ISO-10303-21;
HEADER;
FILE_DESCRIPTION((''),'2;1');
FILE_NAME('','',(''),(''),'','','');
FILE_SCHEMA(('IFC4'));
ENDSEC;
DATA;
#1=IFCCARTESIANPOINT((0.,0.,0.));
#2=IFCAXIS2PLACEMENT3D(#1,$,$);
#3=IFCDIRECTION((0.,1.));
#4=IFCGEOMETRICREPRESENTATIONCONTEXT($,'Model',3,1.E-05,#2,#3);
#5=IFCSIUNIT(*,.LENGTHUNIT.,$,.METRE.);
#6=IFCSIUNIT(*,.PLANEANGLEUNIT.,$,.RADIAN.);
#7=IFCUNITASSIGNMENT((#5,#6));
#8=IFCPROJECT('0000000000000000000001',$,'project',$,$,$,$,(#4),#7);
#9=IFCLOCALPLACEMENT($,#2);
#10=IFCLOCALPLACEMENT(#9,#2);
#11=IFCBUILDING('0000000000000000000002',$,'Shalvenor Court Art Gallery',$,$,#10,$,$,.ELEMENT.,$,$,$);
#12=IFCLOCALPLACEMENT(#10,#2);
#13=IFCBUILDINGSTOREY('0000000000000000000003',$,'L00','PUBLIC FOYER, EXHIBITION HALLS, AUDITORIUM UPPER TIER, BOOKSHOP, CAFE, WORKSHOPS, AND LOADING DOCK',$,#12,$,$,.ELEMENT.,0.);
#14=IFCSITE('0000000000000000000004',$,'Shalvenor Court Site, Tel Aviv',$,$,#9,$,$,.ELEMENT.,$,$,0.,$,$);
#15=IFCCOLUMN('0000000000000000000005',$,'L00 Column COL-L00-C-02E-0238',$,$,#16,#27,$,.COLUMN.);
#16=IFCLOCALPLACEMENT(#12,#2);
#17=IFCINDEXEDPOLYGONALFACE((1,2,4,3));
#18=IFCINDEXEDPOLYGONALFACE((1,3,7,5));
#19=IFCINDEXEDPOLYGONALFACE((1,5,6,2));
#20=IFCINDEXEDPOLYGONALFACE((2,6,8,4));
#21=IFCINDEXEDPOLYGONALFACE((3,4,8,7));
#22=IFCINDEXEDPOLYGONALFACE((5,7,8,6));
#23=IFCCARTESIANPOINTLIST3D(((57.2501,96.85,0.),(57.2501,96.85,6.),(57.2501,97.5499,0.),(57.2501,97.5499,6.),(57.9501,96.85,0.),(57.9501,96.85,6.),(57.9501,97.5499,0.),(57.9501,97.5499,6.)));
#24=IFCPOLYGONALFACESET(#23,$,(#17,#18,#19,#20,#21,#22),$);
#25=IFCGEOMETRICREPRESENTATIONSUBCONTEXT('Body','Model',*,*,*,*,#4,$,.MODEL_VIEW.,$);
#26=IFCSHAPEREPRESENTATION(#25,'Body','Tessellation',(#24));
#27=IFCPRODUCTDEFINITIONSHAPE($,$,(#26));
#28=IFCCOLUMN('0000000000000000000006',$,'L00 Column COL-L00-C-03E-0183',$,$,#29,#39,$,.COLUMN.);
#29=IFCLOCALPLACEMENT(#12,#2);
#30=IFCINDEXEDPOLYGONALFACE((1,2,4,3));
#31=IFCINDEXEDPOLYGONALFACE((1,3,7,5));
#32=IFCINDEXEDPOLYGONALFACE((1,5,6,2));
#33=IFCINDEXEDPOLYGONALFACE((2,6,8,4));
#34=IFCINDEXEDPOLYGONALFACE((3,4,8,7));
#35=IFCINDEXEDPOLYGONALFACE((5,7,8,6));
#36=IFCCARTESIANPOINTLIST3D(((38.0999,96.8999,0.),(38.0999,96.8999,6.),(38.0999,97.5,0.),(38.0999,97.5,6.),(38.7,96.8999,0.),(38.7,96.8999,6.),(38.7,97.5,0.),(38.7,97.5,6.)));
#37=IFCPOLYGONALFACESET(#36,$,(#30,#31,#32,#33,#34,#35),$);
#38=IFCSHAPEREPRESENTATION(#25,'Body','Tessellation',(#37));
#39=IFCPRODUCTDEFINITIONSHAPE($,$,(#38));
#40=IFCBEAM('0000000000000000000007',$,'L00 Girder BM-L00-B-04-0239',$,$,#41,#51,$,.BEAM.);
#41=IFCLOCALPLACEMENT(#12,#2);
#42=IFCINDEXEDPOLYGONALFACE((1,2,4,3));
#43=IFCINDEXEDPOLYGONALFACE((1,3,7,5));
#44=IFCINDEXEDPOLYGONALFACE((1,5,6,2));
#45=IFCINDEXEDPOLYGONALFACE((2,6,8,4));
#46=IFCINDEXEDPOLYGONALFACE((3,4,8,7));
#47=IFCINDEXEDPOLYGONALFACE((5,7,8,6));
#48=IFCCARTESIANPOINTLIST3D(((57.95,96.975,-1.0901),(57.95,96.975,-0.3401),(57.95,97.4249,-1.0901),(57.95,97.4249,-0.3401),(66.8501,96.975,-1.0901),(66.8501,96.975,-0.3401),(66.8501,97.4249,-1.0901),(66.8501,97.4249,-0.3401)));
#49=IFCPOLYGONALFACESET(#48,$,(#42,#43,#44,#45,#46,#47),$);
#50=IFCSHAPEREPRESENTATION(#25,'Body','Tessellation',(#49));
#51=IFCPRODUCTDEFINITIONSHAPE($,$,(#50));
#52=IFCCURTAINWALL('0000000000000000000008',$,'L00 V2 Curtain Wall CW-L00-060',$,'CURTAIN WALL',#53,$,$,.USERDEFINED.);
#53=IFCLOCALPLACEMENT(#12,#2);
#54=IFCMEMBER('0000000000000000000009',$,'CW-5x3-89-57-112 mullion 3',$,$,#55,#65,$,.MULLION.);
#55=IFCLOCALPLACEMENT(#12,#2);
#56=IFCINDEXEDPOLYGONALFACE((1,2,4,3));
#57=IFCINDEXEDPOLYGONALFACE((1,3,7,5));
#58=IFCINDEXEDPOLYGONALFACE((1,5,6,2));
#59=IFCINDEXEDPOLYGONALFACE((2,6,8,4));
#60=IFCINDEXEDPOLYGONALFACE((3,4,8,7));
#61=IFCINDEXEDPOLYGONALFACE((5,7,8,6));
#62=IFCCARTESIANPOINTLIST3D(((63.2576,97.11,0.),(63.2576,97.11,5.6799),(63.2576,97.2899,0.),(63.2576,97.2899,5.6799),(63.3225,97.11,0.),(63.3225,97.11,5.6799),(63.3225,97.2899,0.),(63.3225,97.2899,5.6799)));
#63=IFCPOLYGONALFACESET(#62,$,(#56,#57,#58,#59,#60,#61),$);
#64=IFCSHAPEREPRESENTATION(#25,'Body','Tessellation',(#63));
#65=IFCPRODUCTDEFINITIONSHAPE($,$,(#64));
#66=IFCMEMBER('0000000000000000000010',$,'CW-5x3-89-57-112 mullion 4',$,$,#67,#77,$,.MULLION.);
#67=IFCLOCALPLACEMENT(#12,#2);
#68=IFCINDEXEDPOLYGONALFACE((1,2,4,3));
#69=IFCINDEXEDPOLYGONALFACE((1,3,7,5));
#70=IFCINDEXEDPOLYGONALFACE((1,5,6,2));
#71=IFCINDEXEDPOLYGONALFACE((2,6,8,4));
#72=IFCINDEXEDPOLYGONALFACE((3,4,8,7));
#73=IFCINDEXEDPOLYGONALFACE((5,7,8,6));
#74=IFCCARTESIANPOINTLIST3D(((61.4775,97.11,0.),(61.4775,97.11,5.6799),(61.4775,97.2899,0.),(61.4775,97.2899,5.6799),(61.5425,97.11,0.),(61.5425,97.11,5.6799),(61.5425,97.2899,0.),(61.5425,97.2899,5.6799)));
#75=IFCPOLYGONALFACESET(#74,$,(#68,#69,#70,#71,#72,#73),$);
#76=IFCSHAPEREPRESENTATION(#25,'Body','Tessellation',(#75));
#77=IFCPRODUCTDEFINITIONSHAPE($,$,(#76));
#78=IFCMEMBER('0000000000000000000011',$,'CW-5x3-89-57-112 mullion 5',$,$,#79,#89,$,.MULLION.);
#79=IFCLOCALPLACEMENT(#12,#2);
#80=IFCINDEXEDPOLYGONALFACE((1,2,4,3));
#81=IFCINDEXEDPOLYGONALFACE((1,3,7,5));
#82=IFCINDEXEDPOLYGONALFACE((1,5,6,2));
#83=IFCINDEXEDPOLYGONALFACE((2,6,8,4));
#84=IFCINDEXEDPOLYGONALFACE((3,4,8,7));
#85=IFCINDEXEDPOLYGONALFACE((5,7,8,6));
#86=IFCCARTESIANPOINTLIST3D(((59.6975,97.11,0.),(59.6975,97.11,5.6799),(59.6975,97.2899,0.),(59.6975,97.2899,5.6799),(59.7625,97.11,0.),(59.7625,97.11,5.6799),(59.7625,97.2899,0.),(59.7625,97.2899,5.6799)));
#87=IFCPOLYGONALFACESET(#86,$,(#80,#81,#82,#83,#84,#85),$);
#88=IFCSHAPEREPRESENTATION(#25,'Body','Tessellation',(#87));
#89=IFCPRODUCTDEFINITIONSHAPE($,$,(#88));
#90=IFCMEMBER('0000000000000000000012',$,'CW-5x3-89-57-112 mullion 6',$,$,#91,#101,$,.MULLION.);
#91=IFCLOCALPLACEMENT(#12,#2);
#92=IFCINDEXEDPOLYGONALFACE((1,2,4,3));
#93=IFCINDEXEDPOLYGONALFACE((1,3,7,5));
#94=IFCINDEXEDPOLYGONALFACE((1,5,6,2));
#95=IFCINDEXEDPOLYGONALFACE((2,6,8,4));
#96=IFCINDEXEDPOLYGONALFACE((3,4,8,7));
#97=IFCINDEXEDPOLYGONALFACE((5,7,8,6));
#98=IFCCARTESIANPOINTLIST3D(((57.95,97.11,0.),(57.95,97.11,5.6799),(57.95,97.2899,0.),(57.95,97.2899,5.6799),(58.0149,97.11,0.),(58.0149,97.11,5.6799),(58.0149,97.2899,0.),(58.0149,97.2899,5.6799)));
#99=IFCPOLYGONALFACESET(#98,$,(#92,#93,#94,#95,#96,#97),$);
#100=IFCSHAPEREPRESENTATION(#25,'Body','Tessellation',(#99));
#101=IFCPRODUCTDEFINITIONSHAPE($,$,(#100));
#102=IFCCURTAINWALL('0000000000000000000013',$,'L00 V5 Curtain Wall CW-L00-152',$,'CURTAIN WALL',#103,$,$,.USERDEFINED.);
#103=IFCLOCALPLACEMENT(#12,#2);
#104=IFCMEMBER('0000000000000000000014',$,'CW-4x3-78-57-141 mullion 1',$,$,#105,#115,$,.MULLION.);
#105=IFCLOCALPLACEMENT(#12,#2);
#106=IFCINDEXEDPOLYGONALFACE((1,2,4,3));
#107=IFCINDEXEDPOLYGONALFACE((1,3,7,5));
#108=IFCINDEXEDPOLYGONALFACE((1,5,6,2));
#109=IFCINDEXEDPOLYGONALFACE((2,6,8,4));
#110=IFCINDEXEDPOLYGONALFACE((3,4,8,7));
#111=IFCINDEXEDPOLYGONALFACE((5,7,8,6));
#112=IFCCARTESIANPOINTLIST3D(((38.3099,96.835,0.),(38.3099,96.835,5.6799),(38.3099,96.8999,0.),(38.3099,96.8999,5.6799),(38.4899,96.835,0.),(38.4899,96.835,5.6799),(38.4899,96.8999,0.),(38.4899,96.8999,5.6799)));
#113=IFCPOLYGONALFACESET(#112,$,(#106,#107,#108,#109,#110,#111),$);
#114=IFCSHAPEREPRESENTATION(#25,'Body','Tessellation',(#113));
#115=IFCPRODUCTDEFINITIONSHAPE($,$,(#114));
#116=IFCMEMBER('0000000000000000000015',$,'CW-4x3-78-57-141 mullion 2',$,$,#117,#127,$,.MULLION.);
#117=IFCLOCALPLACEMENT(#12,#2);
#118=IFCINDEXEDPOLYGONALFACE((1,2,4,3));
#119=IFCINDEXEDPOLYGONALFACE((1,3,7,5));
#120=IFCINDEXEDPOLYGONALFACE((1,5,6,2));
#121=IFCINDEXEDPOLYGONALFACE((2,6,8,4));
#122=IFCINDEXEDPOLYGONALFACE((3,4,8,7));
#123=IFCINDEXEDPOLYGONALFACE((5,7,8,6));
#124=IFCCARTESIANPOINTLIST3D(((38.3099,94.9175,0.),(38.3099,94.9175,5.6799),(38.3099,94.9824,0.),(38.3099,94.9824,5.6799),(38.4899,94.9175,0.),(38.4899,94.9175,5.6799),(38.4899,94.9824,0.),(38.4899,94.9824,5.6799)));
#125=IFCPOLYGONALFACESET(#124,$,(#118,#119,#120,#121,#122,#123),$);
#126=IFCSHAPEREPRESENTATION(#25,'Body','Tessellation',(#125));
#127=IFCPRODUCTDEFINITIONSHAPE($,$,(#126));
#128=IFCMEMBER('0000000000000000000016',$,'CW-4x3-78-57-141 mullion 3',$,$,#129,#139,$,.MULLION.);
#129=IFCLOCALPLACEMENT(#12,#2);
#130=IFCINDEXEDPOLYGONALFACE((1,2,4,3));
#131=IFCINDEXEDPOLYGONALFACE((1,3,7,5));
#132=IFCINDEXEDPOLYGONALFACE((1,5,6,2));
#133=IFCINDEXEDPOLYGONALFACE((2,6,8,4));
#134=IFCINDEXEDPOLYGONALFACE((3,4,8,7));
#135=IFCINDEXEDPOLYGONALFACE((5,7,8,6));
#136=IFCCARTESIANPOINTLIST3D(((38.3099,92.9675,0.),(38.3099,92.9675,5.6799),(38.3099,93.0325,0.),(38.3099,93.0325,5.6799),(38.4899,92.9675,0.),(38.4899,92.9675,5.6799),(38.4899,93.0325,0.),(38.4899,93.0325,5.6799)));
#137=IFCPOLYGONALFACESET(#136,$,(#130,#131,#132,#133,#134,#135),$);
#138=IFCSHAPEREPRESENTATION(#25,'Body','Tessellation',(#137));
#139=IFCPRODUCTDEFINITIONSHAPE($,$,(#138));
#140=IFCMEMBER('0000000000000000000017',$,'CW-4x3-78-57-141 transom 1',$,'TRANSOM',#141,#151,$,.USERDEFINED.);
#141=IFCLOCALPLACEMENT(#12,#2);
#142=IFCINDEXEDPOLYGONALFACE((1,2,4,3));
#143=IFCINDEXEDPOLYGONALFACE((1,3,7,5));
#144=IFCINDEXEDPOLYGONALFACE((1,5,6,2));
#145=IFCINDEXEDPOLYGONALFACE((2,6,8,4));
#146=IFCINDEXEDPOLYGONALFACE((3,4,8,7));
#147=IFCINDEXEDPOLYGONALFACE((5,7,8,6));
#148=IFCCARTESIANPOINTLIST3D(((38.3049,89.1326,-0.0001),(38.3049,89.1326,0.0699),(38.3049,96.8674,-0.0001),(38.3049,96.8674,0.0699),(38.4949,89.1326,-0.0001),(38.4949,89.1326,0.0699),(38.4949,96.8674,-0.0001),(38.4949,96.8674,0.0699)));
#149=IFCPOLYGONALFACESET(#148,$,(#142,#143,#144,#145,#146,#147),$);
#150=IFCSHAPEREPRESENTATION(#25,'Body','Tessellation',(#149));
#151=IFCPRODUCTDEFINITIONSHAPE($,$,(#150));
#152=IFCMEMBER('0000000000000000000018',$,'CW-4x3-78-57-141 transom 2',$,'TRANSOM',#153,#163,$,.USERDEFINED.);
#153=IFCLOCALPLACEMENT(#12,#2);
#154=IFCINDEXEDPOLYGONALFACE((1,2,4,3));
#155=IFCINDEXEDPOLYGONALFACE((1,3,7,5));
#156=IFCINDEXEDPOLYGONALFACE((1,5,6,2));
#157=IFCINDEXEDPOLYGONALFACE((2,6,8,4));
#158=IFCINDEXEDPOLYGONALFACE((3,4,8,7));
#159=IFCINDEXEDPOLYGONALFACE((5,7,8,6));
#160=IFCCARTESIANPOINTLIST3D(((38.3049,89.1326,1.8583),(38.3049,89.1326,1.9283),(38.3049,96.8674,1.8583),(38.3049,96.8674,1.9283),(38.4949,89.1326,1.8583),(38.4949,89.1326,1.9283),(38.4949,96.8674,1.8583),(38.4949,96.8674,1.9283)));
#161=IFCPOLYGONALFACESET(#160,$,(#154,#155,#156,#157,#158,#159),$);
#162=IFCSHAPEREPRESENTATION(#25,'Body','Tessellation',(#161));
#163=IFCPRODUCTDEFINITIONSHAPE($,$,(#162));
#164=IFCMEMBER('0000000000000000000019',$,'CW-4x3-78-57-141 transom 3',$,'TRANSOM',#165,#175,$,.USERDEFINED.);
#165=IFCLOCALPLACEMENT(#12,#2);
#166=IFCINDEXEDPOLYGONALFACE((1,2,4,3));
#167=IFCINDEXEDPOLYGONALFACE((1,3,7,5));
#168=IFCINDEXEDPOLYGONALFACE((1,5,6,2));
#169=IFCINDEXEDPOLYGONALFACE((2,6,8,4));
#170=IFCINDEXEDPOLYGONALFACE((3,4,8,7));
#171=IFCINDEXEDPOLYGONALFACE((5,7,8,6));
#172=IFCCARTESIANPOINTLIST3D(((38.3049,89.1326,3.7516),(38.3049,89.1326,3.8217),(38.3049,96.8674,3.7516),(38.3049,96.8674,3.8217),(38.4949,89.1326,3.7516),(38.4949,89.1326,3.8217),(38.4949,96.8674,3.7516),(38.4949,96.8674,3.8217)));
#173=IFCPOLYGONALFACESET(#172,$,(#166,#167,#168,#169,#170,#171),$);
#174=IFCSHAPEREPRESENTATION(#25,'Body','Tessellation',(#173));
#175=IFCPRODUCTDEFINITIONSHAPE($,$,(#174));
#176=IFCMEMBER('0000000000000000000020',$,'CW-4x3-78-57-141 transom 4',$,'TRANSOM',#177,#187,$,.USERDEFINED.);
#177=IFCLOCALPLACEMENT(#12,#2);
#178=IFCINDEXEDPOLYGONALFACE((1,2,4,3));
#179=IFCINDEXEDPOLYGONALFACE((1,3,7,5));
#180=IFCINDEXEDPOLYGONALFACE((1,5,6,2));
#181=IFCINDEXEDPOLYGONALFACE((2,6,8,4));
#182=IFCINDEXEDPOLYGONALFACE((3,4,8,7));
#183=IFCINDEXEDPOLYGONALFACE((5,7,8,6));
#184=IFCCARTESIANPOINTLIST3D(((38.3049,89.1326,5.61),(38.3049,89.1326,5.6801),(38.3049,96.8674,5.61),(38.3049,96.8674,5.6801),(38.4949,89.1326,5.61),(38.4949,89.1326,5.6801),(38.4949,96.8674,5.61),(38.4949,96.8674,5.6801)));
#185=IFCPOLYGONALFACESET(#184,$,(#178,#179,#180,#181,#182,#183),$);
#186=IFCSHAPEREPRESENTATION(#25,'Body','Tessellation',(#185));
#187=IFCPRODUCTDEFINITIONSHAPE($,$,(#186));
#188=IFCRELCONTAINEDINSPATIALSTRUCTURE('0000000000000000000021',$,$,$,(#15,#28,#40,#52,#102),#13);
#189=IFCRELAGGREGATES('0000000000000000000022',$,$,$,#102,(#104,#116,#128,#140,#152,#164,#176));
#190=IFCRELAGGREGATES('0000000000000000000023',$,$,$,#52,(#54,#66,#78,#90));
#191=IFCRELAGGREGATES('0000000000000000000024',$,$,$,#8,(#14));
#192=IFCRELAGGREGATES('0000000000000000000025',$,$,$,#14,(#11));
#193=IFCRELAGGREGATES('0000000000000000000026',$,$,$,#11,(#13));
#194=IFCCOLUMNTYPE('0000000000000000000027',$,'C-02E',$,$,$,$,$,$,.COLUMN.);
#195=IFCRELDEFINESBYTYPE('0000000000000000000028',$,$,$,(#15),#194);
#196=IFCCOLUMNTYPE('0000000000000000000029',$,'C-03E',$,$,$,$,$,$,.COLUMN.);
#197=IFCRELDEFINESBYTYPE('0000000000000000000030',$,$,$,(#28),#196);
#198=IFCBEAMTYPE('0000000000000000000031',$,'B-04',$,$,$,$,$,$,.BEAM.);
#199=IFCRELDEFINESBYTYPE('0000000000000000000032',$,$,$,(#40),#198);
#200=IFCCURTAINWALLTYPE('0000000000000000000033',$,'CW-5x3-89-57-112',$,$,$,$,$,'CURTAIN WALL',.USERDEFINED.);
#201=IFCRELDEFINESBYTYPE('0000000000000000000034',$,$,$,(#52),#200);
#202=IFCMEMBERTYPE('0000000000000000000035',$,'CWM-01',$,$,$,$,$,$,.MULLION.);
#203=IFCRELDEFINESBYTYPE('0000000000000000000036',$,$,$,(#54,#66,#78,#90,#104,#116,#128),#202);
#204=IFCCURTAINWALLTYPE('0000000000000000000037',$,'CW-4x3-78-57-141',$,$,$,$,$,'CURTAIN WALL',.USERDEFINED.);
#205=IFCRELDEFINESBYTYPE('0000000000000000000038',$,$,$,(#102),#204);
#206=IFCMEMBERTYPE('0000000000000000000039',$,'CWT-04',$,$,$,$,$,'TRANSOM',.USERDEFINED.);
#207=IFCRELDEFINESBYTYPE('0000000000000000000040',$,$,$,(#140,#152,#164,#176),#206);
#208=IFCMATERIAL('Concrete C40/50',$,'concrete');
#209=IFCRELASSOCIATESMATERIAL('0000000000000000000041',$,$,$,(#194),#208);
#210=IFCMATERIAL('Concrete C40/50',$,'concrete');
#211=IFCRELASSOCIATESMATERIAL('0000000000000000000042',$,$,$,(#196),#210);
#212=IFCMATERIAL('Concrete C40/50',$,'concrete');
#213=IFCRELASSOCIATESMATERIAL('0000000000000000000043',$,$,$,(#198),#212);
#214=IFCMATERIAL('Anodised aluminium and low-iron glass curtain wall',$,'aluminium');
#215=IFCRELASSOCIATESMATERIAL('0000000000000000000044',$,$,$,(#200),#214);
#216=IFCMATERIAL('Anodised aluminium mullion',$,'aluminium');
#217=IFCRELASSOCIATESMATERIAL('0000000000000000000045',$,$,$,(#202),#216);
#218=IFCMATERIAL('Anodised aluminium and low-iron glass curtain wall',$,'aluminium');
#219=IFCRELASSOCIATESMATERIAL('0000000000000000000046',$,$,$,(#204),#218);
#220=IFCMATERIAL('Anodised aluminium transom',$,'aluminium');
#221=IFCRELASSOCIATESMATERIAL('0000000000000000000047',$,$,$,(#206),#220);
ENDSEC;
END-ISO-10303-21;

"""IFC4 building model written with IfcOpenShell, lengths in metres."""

from ifc_helpers import new_model, si_unit, direction, frame, origin, origin_2d, place, context, subcontext, project, spatial, rectangle, extrude, material, material_profile, profile_set, type_object, element, aggregate, save


model = new_model("IFC4")

# Units and contexts
model_context = context("Model", 3, precision=1e-05, world=origin(), true_north=direction((0.0, 1.0)))
body_context = subcontext(model_context, "Body", "Model", "MODEL_VIEW")
ifc_project = project(units=[si_unit("LENGTHUNIT", "METRE"), si_unit("PLANEANGLEUNIT", "RADIAN")], contexts=[model_context])

# Site, building, storey
site_placement = place(None, origin())
site = spatial("IfcSite", under=ifc_project, at=site_placement, Name="Shalvenor Court Site, Tel Aviv", CompositionType="ELEMENT", RefElevation=0.0)
building_placement = place(site_placement, origin())
building = spatial("IfcBuilding", under=site, at=building_placement, Name="Shalvenor Court Art Gallery", CompositionType="ELEMENT")
storey_placement = place(building_placement, origin())
storey = spatial("IfcBuildingStorey", under=building, at=storey_placement, Name="L00", Description="PUBLIC FOYER, EXHIBITION HALLS, AUDITORIUM UPPER TIER, BOOKSHOP, CAFE, WORKSHOPS, AND LOADING DOCK", CompositionType="ELEMENT", Elevation=0.0)

# Columns
ifc_material_1 = material(Name="Concrete C40/50", Category="concrete")
ifc_material_profile_1 = material_profile(ifc_material_1, rectangle(XDim=0.7, YDim=0.7, at=origin_2d()), Name="RC 700x700")
ifc_profile_set_1 = profile_set([ifc_material_profile_1], Name="Concrete C40/50")
column_type_1 = type_object("IfcColumnType", Name="C-02E", PredefinedType="COLUMN", material=ifc_profile_set_1)
column_1_placement = place(storey_placement, frame((57.6001, 97.2, 0.0), z_axis=(0.0, 0.0, 1.0), x_axis=(1.0, 0.0, 0.0)))
element("IfcColumn", 1, at=column_1_placement, inside=storey, type_object=column_type_1, Name="L00 Column COL-L00-C-02E-0238", PredefinedType="COLUMN", context=body_context, shape_type="SweptSolid", body=[
    extrude(rectangle(XDim=0.7, YDim=0.7, at=origin_2d()), origin(), (0.0, 0.0, 1.0), 6.0),
])
ifc_material_2 = material(Name="Concrete C40/50", Category="concrete")
ifc_material_profile_2 = material_profile(ifc_material_2, rectangle(XDim=0.6001, YDim=0.6001, at=origin_2d()), Name="RC 600x600")
ifc_profile_set_2 = profile_set([ifc_material_profile_2], Name="Concrete C40/50")
column_type_2 = type_object("IfcColumnType", Name="C-03E", PredefinedType="COLUMN", material=ifc_profile_set_2)
column_2_placement = place(storey_placement, frame((38.3999, 97.2, 0.0), z_axis=(0.0, 0.0, 1.0), x_axis=(1.0, 0.0, 0.0)))
element("IfcColumn", 2, at=column_2_placement, inside=storey, type_object=column_type_2, Name="L00 Column COL-L00-C-03E-0183", PredefinedType="COLUMN", context=body_context, shape_type="SweptSolid", body=[
    extrude(rectangle(XDim=0.6001, YDim=0.6001, at=origin_2d()), origin(), (0.0, 0.0, 1.0), 6.0),
])

# Beam
ifc_material_3 = material(Name="Concrete C40/50", Category="concrete")
ifc_material_profile_3 = material_profile(ifc_material_3, rectangle(XDim=0.45, YDim=0.75, at=origin_2d()), Name="RC 450x750")
ifc_profile_set_3 = profile_set([ifc_material_profile_3], Name="Concrete C40/50")
beam_type = type_object("IfcBeamType", Name="B-04", PredefinedType="BEAM", material=ifc_profile_set_3)
beam_placement = place(storey_placement, frame((57.95, 97.2, -0.7151), z_axis=(1.0, 0.0, 0.0), x_axis=(0.0, 1.0, 0.0)))
element("IfcBeam", 3, at=beam_placement, inside=storey, type_object=beam_type, Name="L00 Girder BM-L00-B-04-0239", PredefinedType="BEAM", context=body_context, shape_type="SweptSolid", body=[
    extrude(rectangle(XDim=0.45, YDim=0.75, at=origin_2d()), origin(), (0.0, 0.0, 1.0), 8.9001),
])

# Curtain wall, members
ifc_material_4 = material(Name="Anodised aluminium and low-iron glass curtain wall", Category="aluminium")
curtain_wall_type_1 = type_object("IfcCurtainWallType", Name="CW-5x3-89-57-112", ElementType="CURTAIN WALL", PredefinedType="USERDEFINED", material=ifc_material_4)
curtain_wall_1_placement = place(storey_placement, origin())
curtain_wall_1 = element("IfcCurtainWall", 4, at=curtain_wall_1_placement, inside=storey, type_object=curtain_wall_type_1, Name="L00 V2 Curtain Wall CW-L00-060", ObjectType="CURTAIN WALL", PredefinedType="USERDEFINED")
ifc_material_5 = material(Name="Anodised aluminium mullion", Category="aluminium")
ifc_material_profile_4 = material_profile(ifc_material_5, rectangle(XDim=0.0649, YDim=0.1799, at=origin_2d()), Name="CWM-01")
ifc_profile_set_4 = profile_set([ifc_material_profile_4], Name="Anodised aluminium mullion")
member_type_1 = type_object("IfcMemberType", Name="CWM-01", PredefinedType="MULLION", material=ifc_profile_set_4)
member_1_placement = place(storey_placement, frame((63.29, 97.2, 0.0), z_axis=(0.0, 0.0, 1.0), x_axis=(-1.0, 0.0, 0.0)))
member_1 = element("IfcMember", 5, at=member_1_placement, type_object=member_type_1, Name="CW-5x3-89-57-112 mullion 3", PredefinedType="MULLION", context=body_context, shape_type="SweptSolid", body=[
    extrude(rectangle(XDim=0.0649, YDim=0.1799, at=origin_2d()), origin(), (0.0, 0.0, 1.0), 5.6799),
])
member_2_placement = place(storey_placement, frame((61.51, 97.2, 0.0), z_axis=(0.0, 0.0, 1.0), x_axis=(-1.0, 0.0, 0.0)))
member_2 = element("IfcMember", 6, at=member_2_placement, type_object=member_type_1, Name="CW-5x3-89-57-112 mullion 4", PredefinedType="MULLION", context=body_context, shape_type="SweptSolid", body=[
    extrude(rectangle(XDim=0.0649, YDim=0.1799, at=origin_2d()), origin(), (0.0, 0.0, 1.0), 5.6799),
])
member_3_placement = place(storey_placement, frame((59.73, 97.2, 0.0), z_axis=(0.0, 0.0, 1.0), x_axis=(-1.0, 0.0, 0.0)))
member_3 = element("IfcMember", 7, at=member_3_placement, type_object=member_type_1, Name="CW-5x3-89-57-112 mullion 5", PredefinedType="MULLION", context=body_context, shape_type="SweptSolid", body=[
    extrude(rectangle(XDim=0.0649, YDim=0.1799, at=origin_2d()), origin(), (0.0, 0.0, 1.0), 5.6799),
])
member_4_placement = place(storey_placement, frame((57.9824, 97.2, 0.0), z_axis=(0.0, 0.0, 1.0), x_axis=(-1.0, 0.0, 0.0)))
member_4 = element("IfcMember", 8, at=member_4_placement, type_object=member_type_1, Name="CW-5x3-89-57-112 mullion 6", PredefinedType="MULLION", context=body_context, shape_type="SweptSolid", body=[
    extrude(rectangle(XDim=0.0649, YDim=0.1799, at=origin_2d()), origin(), (0.0, 0.0, 1.0), 5.6799),
])

# Curtain wall, members
ifc_material_6 = material(Name="Anodised aluminium and low-iron glass curtain wall", Category="aluminium")
curtain_wall_type_2 = type_object("IfcCurtainWallType", Name="CW-4x3-78-57-141", ElementType="CURTAIN WALL", PredefinedType="USERDEFINED", material=ifc_material_6)
curtain_wall_2_placement = place(storey_placement, origin())
curtain_wall_2 = element("IfcCurtainWall", 9, at=curtain_wall_2_placement, inside=storey, type_object=curtain_wall_type_2, Name="L00 V5 Curtain Wall CW-L00-152", ObjectType="CURTAIN WALL", PredefinedType="USERDEFINED")
member_5_placement = place(storey_placement, frame((38.3999, 96.8674, 0.0), z_axis=(0.0, 0.0, 1.0), x_axis=(0.0, -1.0, 0.0)))
member_5 = element("IfcMember", 10, at=member_5_placement, type_object=member_type_1, Name="CW-4x3-78-57-141 mullion 1", PredefinedType="MULLION", context=body_context, shape_type="SweptSolid", body=[
    extrude(rectangle(XDim=0.0649, YDim=0.1799, at=origin_2d()), origin(), (0.0, 0.0, 1.0), 5.6799),
])
member_6_placement = place(storey_placement, frame((38.3999, 94.95, 0.0), z_axis=(0.0, 0.0, 1.0), x_axis=(0.0, -1.0, 0.0)))
member_6 = element("IfcMember", 11, at=member_6_placement, type_object=member_type_1, Name="CW-4x3-78-57-141 mullion 2", PredefinedType="MULLION", context=body_context, shape_type="SweptSolid", body=[
    extrude(rectangle(XDim=0.0649, YDim=0.1799, at=origin_2d()), origin(), (0.0, 0.0, 1.0), 5.6799),
])
member_7_placement = place(storey_placement, frame((38.3999, 93.0, 0.0), z_axis=(0.0, 0.0, 1.0), x_axis=(0.0, -1.0, 0.0)))
member_7 = element("IfcMember", 12, at=member_7_placement, type_object=member_type_1, Name="CW-4x3-78-57-141 mullion 3", PredefinedType="MULLION", context=body_context, shape_type="SweptSolid", body=[
    extrude(rectangle(XDim=0.0649, YDim=0.1799, at=origin_2d()), origin(), (0.0, 0.0, 1.0), 5.6799),
])
ifc_material_7 = material(Name="Anodised aluminium transom", Category="aluminium")
ifc_material_profile_5 = material_profile(ifc_material_7, rectangle(XDim=0.1899, YDim=0.0701, at=origin_2d()), Name="CWT-04")
ifc_profile_set_5 = profile_set([ifc_material_profile_5], Name="Anodised aluminium transom")
member_type_2 = type_object("IfcMemberType", Name="CWT-04", ElementType="TRANSOM", PredefinedType="USERDEFINED", material=ifc_profile_set_5)
member_8_placement = place(storey_placement, frame((38.3999, 96.8674, 0.0349), z_axis=(0.0, -1.0, 0.0), x_axis=(1.0, 0.0, 0.0)))
member_8 = element("IfcMember", 13, at=member_8_placement, type_object=member_type_2, Name="CW-4x3-78-57-141 transom 1", ObjectType="TRANSOM", PredefinedType="USERDEFINED", context=body_context, shape_type="SweptSolid", body=[
    extrude(rectangle(XDim=0.1899, YDim=0.0701, at=origin_2d()), origin(), (0.0, 0.0, 1.0), 7.7349),
])
member_9_placement = place(storey_placement, frame((38.3999, 96.8674, 1.8933), z_axis=(0.0, -1.0, 0.0), x_axis=(1.0, 0.0, 0.0)))
member_9 = element("IfcMember", 14, at=member_9_placement, type_object=member_type_2, Name="CW-4x3-78-57-141 transom 2", ObjectType="TRANSOM", PredefinedType="USERDEFINED", context=body_context, shape_type="SweptSolid", body=[
    extrude(rectangle(XDim=0.1899, YDim=0.0701, at=origin_2d()), origin(), (0.0, 0.0, 1.0), 7.7349),
])
member_10_placement = place(storey_placement, frame((38.3999, 96.8674, 3.7866), z_axis=(0.0, -1.0, 0.0), x_axis=(1.0, 0.0, 0.0)))
member_10 = element("IfcMember", 15, at=member_10_placement, type_object=member_type_2, Name="CW-4x3-78-57-141 transom 3", ObjectType="TRANSOM", PredefinedType="USERDEFINED", context=body_context, shape_type="SweptSolid", body=[
    extrude(rectangle(XDim=0.1899, YDim=0.0701, at=origin_2d()), origin(), (0.0, 0.0, 1.0), 7.7349),
])
member_11_placement = place(storey_placement, frame((38.3999, 96.8674, 5.645), z_axis=(0.0, -1.0, 0.0), x_axis=(1.0, 0.0, 0.0)))
member_11 = element("IfcMember", 16, at=member_11_placement, type_object=member_type_2, Name="CW-4x3-78-57-141 transom 4", ObjectType="TRANSOM", PredefinedType="USERDEFINED", context=body_context, shape_type="SweptSolid", body=[
    extrude(rectangle(XDim=0.1899, YDim=0.0701, at=origin_2d()), origin(), (0.0, 0.0, 1.0), 7.7349),
])
aggregate(curtain_wall_2, [member_5, member_6, member_7, member_8, member_9, member_10, member_11])

aggregate(curtain_wall_1, [member_1, member_2, member_3, member_4])

save(model, "model.ifc")
